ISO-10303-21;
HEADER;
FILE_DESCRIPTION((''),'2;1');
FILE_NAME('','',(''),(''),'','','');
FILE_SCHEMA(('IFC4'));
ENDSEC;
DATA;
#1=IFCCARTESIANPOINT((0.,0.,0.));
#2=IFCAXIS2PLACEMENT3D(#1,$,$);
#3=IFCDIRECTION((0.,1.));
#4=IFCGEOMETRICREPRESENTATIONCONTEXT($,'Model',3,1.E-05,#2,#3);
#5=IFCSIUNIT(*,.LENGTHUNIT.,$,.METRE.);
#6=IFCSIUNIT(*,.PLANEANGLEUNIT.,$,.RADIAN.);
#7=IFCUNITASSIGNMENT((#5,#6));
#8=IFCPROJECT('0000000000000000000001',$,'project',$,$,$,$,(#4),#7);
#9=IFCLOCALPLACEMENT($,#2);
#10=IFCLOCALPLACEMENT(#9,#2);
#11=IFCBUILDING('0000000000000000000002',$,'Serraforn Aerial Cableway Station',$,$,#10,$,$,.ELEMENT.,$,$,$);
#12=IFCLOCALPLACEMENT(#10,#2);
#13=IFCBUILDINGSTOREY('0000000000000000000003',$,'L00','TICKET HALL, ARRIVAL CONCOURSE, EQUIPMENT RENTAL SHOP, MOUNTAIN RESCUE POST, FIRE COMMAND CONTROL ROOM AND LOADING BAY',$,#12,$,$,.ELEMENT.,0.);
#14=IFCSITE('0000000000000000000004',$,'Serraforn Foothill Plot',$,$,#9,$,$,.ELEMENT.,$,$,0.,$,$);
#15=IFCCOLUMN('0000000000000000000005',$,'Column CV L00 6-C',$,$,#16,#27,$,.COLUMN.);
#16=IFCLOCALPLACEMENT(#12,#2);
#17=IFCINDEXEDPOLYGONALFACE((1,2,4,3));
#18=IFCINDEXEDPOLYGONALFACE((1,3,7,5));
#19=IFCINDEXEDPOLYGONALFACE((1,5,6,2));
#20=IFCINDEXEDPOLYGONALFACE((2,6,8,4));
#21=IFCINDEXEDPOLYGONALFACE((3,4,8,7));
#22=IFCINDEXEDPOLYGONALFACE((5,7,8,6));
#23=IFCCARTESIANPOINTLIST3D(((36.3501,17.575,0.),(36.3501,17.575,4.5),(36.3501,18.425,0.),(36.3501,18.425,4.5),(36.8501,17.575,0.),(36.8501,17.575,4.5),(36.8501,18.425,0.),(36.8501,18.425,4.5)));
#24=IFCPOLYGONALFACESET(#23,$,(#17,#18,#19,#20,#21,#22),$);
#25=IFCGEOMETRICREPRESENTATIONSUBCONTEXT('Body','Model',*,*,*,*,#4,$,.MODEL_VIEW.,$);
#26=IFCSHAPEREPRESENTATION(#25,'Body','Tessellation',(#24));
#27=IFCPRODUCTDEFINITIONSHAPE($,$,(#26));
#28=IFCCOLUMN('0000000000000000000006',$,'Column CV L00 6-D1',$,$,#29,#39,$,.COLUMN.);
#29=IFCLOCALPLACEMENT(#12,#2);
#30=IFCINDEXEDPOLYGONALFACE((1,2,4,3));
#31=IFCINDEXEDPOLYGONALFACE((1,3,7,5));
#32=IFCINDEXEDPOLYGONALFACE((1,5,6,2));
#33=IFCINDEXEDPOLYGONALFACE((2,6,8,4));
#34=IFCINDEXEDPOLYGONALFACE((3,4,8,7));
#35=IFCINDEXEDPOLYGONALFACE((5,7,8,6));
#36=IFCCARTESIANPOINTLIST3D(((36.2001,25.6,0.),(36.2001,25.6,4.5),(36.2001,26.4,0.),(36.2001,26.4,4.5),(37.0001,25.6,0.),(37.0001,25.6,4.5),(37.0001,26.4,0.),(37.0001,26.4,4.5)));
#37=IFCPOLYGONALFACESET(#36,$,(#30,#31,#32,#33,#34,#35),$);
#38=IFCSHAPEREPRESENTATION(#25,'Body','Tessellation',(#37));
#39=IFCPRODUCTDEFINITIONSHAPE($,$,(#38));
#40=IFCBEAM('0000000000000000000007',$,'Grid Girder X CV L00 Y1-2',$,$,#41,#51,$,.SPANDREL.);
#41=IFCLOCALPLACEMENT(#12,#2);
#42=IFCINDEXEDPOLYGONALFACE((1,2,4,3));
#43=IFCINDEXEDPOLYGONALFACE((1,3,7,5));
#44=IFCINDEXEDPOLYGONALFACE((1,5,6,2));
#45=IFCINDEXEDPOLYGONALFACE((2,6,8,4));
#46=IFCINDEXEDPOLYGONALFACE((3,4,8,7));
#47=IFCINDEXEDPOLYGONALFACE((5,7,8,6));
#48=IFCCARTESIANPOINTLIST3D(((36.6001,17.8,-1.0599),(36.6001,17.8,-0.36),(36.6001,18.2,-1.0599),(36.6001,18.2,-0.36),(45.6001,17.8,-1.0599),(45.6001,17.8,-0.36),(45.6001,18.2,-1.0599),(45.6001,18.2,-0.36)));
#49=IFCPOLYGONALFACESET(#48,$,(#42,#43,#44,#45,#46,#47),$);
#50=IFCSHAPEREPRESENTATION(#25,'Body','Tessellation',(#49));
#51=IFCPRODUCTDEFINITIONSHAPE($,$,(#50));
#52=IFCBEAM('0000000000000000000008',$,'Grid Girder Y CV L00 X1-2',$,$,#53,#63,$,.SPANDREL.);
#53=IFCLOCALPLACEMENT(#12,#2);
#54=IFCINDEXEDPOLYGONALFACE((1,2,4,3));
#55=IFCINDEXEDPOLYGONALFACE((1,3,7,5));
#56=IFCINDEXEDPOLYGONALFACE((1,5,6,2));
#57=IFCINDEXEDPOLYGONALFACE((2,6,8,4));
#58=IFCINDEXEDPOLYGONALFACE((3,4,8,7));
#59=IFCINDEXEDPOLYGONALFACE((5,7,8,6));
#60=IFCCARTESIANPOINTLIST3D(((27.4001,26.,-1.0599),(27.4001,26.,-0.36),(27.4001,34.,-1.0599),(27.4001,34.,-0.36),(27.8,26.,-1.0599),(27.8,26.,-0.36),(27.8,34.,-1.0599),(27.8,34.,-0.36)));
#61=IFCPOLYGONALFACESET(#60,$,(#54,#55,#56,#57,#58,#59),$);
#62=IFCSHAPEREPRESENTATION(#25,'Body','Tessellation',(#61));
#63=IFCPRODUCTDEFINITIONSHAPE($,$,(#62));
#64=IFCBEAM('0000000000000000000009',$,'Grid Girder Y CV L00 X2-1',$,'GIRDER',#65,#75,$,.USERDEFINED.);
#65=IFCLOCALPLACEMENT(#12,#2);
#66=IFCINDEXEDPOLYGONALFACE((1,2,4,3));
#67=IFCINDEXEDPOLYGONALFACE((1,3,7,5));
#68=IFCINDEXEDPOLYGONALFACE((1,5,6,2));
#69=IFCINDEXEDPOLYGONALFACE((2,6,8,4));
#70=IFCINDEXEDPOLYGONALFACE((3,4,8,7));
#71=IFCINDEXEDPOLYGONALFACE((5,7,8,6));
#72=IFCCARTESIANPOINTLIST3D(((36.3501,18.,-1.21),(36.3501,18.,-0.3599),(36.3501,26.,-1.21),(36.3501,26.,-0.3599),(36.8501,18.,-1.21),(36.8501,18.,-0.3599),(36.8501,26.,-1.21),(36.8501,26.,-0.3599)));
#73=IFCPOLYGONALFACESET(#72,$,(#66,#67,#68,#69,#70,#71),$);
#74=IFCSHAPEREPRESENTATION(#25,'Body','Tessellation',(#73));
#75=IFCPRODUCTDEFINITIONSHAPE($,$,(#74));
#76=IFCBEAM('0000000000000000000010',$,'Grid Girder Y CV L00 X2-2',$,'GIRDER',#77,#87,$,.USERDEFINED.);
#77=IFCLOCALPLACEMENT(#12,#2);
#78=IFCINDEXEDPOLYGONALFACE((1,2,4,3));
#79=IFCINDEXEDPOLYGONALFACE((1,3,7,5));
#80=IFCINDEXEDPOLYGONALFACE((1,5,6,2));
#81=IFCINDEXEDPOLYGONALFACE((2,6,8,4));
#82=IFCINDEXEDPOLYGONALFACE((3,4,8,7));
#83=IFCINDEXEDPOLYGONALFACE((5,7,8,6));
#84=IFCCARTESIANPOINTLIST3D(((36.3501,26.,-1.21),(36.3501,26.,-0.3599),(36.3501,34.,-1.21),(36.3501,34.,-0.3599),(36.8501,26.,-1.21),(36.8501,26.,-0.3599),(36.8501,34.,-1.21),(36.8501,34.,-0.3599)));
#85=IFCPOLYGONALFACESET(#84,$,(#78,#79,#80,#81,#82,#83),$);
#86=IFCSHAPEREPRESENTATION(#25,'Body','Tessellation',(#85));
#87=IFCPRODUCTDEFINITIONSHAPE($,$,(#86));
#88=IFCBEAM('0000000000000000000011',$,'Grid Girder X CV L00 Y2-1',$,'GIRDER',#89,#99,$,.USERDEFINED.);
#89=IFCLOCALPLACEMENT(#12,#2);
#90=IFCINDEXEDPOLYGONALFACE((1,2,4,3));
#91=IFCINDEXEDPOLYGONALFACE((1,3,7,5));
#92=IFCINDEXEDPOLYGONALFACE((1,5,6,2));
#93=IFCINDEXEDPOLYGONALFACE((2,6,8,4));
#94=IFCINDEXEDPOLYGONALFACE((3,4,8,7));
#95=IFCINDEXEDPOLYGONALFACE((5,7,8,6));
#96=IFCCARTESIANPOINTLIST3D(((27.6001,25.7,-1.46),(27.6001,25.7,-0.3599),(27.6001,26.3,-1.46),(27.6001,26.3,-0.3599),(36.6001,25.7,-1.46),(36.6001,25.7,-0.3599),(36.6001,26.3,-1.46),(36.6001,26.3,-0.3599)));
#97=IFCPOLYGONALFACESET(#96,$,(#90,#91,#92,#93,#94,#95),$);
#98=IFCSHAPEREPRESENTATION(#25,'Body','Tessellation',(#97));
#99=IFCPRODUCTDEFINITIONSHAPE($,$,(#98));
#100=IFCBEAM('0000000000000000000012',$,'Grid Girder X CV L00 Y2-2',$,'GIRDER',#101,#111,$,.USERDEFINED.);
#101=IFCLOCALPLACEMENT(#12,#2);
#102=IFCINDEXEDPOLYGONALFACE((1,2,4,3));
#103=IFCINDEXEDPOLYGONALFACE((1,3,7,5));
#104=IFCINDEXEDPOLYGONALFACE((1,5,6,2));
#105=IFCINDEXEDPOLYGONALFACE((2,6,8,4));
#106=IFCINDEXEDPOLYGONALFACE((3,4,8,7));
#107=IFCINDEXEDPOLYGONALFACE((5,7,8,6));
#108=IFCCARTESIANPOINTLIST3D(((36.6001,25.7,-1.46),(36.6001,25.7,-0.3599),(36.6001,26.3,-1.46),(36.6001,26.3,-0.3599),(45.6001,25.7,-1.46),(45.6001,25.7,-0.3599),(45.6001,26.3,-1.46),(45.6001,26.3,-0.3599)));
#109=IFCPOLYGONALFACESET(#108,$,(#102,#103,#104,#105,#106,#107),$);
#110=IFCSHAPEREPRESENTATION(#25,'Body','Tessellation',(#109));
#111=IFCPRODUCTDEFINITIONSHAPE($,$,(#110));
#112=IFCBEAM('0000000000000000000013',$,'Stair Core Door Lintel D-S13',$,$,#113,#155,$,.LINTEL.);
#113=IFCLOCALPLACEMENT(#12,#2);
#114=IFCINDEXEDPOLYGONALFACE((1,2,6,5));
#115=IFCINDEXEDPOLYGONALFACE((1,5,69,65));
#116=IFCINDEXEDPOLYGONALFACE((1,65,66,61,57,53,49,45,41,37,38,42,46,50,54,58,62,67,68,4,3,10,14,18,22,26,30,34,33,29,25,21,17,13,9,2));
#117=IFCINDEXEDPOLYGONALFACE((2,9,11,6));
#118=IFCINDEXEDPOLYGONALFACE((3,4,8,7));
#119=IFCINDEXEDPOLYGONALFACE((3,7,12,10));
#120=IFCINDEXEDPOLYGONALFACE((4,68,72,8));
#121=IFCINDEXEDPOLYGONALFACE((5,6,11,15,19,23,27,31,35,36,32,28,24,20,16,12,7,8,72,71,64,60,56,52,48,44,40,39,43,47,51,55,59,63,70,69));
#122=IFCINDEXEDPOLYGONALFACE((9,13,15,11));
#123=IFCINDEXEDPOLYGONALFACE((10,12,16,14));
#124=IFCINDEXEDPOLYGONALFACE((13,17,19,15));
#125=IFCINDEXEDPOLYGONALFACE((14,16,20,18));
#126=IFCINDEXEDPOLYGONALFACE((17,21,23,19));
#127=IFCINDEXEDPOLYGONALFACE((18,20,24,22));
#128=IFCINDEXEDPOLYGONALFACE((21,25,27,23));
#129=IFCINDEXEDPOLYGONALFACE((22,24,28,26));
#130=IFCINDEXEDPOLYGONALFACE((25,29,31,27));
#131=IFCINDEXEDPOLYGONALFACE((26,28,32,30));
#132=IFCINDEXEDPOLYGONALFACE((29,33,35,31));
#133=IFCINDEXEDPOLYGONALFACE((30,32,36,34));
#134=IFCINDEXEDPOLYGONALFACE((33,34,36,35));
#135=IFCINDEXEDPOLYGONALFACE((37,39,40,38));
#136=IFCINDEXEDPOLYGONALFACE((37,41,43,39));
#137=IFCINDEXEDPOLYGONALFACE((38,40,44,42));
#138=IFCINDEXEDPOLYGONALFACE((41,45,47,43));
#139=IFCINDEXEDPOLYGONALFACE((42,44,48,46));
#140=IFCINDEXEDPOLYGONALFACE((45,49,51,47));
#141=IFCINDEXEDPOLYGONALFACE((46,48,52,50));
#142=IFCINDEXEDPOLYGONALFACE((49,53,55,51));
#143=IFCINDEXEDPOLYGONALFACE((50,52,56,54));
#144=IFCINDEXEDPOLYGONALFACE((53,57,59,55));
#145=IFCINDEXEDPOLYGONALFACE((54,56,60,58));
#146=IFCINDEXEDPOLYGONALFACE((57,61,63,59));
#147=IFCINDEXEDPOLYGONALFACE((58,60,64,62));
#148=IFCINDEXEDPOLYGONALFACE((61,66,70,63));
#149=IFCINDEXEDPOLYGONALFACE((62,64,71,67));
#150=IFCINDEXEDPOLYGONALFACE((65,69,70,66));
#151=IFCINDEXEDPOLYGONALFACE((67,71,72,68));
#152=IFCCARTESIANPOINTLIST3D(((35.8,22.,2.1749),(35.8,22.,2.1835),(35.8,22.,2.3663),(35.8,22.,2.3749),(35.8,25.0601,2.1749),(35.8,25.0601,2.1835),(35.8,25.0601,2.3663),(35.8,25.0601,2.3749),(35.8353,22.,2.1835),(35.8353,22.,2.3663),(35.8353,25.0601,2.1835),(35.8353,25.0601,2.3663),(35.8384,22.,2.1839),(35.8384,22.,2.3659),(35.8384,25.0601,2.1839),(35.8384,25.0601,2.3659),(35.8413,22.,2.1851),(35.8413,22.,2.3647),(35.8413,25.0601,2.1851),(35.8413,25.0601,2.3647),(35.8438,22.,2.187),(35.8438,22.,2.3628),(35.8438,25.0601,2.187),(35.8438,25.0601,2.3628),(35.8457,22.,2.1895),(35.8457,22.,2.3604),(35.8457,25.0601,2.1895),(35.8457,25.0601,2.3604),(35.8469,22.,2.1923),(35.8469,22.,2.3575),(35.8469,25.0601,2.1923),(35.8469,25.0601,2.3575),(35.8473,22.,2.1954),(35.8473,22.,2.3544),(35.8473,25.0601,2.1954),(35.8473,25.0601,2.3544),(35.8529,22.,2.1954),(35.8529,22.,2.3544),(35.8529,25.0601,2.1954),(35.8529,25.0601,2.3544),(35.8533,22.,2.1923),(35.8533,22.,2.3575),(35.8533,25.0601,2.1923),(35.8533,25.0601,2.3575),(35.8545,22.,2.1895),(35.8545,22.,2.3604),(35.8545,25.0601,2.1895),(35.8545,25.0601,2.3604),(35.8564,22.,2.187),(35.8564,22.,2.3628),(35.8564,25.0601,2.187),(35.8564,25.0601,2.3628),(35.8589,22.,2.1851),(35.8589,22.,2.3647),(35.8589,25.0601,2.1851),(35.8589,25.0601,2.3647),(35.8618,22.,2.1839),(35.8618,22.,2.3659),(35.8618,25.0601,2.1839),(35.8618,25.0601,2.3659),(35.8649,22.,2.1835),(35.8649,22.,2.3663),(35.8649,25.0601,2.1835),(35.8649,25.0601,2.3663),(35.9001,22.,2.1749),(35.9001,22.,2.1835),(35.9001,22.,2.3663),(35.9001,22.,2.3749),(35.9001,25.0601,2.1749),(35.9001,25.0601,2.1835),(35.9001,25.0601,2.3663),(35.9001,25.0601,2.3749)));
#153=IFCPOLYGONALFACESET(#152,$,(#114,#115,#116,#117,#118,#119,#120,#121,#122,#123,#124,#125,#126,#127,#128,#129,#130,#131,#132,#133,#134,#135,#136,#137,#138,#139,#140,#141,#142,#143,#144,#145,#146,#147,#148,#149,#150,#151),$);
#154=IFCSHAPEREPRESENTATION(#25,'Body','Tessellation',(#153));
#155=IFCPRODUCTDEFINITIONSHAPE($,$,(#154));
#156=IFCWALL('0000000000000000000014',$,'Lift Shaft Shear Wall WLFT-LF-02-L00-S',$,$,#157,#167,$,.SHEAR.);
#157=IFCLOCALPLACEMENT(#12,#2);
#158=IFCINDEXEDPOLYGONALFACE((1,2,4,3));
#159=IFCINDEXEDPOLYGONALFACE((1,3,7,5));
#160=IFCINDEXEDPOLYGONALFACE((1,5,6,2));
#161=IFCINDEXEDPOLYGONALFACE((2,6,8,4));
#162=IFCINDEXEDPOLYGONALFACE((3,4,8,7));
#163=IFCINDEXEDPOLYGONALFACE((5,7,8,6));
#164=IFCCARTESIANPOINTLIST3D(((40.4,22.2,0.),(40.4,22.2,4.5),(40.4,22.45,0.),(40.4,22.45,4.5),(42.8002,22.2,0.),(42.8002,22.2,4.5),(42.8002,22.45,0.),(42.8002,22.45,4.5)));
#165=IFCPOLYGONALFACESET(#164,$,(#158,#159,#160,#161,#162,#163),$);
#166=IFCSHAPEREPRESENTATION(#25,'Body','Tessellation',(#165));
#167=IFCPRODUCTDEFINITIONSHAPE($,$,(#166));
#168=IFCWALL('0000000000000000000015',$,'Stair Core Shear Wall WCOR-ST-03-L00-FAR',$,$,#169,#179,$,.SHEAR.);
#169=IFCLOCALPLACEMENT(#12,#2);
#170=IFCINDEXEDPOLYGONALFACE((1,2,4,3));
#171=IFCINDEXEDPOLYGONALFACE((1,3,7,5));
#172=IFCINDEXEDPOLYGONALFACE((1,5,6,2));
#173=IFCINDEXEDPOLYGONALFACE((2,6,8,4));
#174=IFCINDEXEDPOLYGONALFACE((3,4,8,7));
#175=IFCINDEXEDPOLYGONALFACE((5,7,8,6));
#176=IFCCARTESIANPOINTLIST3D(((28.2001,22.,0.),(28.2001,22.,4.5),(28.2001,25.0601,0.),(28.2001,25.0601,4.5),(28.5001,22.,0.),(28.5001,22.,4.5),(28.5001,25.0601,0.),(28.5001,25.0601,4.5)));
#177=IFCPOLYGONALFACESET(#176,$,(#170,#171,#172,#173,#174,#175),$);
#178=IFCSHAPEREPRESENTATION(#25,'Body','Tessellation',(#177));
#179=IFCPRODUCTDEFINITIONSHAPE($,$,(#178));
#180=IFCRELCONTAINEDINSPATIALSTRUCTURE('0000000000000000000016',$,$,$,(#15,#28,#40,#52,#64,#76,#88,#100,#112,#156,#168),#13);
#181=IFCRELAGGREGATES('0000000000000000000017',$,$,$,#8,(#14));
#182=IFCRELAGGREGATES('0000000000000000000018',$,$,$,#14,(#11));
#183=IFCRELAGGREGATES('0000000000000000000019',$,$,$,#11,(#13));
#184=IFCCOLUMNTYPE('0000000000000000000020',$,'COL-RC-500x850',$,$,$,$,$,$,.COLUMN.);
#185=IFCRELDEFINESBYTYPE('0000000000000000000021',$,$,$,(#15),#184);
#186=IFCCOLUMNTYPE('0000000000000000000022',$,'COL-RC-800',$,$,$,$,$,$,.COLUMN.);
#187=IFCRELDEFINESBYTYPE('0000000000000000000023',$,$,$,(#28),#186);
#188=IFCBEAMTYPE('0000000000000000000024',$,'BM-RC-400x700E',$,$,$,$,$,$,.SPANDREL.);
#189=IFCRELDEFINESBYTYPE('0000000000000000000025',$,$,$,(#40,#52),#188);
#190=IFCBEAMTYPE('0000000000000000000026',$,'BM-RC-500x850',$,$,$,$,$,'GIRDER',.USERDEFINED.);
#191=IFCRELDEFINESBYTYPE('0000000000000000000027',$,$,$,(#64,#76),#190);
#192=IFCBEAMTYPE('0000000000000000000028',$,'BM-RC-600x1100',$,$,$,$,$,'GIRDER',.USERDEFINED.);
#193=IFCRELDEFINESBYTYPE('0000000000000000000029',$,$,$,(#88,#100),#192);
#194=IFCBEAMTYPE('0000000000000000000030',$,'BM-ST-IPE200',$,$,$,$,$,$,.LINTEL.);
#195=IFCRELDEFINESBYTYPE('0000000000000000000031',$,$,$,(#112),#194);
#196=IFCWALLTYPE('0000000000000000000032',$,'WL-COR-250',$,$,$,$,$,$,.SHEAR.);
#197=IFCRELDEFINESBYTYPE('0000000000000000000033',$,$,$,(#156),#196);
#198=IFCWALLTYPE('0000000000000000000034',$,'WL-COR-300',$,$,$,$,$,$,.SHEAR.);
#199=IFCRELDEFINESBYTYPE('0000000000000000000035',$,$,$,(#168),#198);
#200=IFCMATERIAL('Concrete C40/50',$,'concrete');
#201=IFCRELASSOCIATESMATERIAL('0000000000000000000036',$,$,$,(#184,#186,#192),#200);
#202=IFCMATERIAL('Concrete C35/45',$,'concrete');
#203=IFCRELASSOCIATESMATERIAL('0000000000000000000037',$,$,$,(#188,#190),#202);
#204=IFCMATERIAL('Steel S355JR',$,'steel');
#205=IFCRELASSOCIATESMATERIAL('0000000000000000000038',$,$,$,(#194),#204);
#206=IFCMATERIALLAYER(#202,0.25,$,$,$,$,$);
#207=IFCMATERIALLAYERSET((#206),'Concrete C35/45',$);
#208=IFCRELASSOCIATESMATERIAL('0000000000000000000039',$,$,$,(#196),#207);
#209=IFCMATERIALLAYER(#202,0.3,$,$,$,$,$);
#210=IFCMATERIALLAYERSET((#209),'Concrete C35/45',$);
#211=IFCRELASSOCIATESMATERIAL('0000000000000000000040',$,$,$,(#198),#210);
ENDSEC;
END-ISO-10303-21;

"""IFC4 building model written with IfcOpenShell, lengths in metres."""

from ifc_helpers import new_model, si_unit, direction, frame, frame_2d, origin, origin_2d, place, context, subcontext, project, spatial, rectangle, i_section, extrude, material, layer, layer_set, material_profile, profile_set, type_object, element, save


model = new_model("IFC4")

# Units and contexts
model_context = context("Model", 3, precision=1e-05, world=origin(), true_north=direction((0.0, 1.0)))
body_context = subcontext(model_context, "Body", "Model", "MODEL_VIEW")
ifc_project = project(units=[si_unit("LENGTHUNIT", "METRE"), si_unit("PLANEANGLEUNIT", "RADIAN")], contexts=[model_context])

# Site, building, storey
site_placement = place(None, origin())
site = spatial("IfcSite", under=ifc_project, at=site_placement, Name="Serraforn Foothill Plot", CompositionType="ELEMENT", RefElevation=0.0)
building_placement = place(site_placement, origin())
building = spatial("IfcBuilding", under=site, at=building_placement, Name="Serraforn Aerial Cableway Station", CompositionType="ELEMENT")
storey_placement = place(building_placement, origin())
storey = spatial("IfcBuildingStorey", under=building, at=storey_placement, Name="L00", Description="TICKET HALL, ARRIVAL CONCOURSE, EQUIPMENT RENTAL SHOP, MOUNTAIN RESCUE POST, FIRE COMMAND CONTROL ROOM AND LOADING BAY", CompositionType="ELEMENT", Elevation=0.0)

# Columns
ifc_material_1 = material(Name="Concrete C40/50", Category="concrete")
ifc_material_profile_1 = material_profile(ifc_material_1, rectangle(XDim=0.5, YDim=0.8501, at=origin_2d()), Name="RC 500x850")
ifc_profile_set_1 = profile_set([ifc_material_profile_1], Name="Concrete C40/50")
column_type_1 = type_object("IfcColumnType", Name="COL-RC-500x850", PredefinedType="COLUMN", material=ifc_profile_set_1)
column_1_placement = place(storey_placement, frame((36.6001, 18.0, 0.0), z_axis=(0.0, 0.0, 1.0), x_axis=(1.0, 0.0, 0.0)))
element("IfcColumn", 1, at=column_1_placement, inside=storey, type_object=column_type_1, Name="Column CV L00 6-C", PredefinedType="COLUMN", context=body_context, shape_type="SweptSolid", body=[
    extrude(rectangle(XDim=0.5, YDim=0.8501, at=origin_2d()), origin(), (0.0, 0.0, 1.0), 4.5),
])
ifc_material_profile_2 = material_profile(ifc_material_1, rectangle(XDim=0.8, YDim=0.8, at=origin_2d()), Name="RC 800x800")
ifc_profile_set_2 = profile_set([ifc_material_profile_2], Name="Concrete C40/50")
column_type_2 = type_object("IfcColumnType", Name="COL-RC-800", PredefinedType="COLUMN", material=ifc_profile_set_2)
column_2_placement = place(storey_placement, frame((36.6001, 26.0, 0.0), z_axis=(0.0, 0.0, 1.0), x_axis=(1.0, 0.0, 0.0)))
element("IfcColumn", 2, at=column_2_placement, inside=storey, type_object=column_type_2, Name="Column CV L00 6-D1", PredefinedType="COLUMN", context=body_context, shape_type="SweptSolid", body=[
    extrude(rectangle(XDim=0.8, YDim=0.8, at=origin_2d()), origin(), (0.0, 0.0, 1.0), 4.5),
])

# Beams
ifc_material_2 = material(Name="Concrete C35/45", Category="concrete")
ifc_material_profile_3 = material_profile(ifc_material_2, rectangle(XDim=0.3999, YDim=0.7, at=origin_2d()), Name="RC 400x700")
ifc_profile_set_3 = profile_set([ifc_material_profile_3], Name="Concrete C35/45")
beam_type_1 = type_object("IfcBeamType", Name="BM-RC-400x700E", PredefinedType="SPANDREL", material=ifc_profile_set_3)
beam_1_placement = place(storey_placement, frame((36.6001, 18.0, -0.71), z_axis=(1.0, 0.0, 0.0), x_axis=(0.0, 1.0, 0.0)))
element("IfcBeam", 3, at=beam_1_placement, inside=storey, type_object=beam_type_1, Name="Grid Girder X CV L00 Y1-2", PredefinedType="SPANDREL", context=body_context, shape_type="SweptSolid", body=[
    extrude(rectangle(XDim=0.3999, YDim=0.7, at=origin_2d()), origin(), (0.0, 0.0, 1.0), 9.0),
])
beam_2_placement = place(storey_placement, frame((27.6001, 26.0, -0.71), z_axis=(0.0, 1.0, 0.0), x_axis=(-1.0, 0.0, 0.0)))
element("IfcBeam", 4, at=beam_2_placement, inside=storey, type_object=beam_type_1, Name="Grid Girder Y CV L00 X1-2", PredefinedType="SPANDREL", context=body_context, shape_type="SweptSolid", body=[
    extrude(rectangle(XDim=0.3999, YDim=0.7, at=origin_2d()), origin(), (0.0, 0.0, 1.0), 8.0),
])
ifc_material_profile_4 = material_profile(ifc_material_2, rectangle(XDim=0.5, YDim=0.8501, at=origin_2d()), Name="RC 500x850")
ifc_profile_set_4 = profile_set([ifc_material_profile_4], Name="Concrete C35/45")
beam_type_2 = type_object("IfcBeamType", Name="BM-RC-500x850", ElementType="GIRDER", PredefinedType="USERDEFINED", material=ifc_profile_set_4)
for number, where, z_axis, x_axis, name in (
    (5, (36.6001, 18.0, -0.7849), (0.0, 1.0, 0.0), (-1.0, 0.0, 0.0), "Grid Girder Y CV L00 X2-1"),
    (6, (36.6001, 26.0, -0.7849), (0.0, 1.0, 0.0), (-1.0, 0.0, 0.0), "Grid Girder Y CV L00 X2-2"),
):
    element("IfcBeam", number, at=place(storey_placement, frame(where, z_axis=z_axis, x_axis=x_axis)), inside=storey, type_object=beam_type_2, Name=name, ObjectType="GIRDER", PredefinedType="USERDEFINED", context=body_context, shape_type="SweptSolid", body=[
        extrude(rectangle(XDim=0.5, YDim=0.8501, at=origin_2d()), origin(), (0.0, 0.0, 1.0), 8.0),
    ])
ifc_material_profile_5 = material_profile(ifc_material_1, rectangle(XDim=0.6001, YDim=1.1001, at=origin_2d()), Name="RC 600x1100")
ifc_profile_set_5 = profile_set([ifc_material_profile_5], Name="Concrete C40/50")
beam_type_3 = type_object("IfcBeamType", Name="BM-RC-600x1100", ElementType="GIRDER", PredefinedType="USERDEFINED", material=ifc_profile_set_5)
for number, where, z_axis, x_axis, name in (
    (7, (27.6001, 26.0, -0.9099), (1.0, 0.0, 0.0), (0.0, 1.0, 0.0), "Grid Girder X CV L00 Y2-1"),
    (8, (36.6001, 26.0, -0.9099), (1.0, 0.0, 0.0), (0.0, 1.0, 0.0), "Grid Girder X CV L00 Y2-2"),
):
    element("IfcBeam", number, at=place(storey_placement, frame(where, z_axis=z_axis, x_axis=x_axis)), inside=storey, type_object=beam_type_3, Name=name, ObjectType="GIRDER", PredefinedType="USERDEFINED", context=body_context, shape_type="SweptSolid", body=[
        extrude(rectangle(XDim=0.6001, YDim=1.1001, at=origin_2d()), origin(), (0.0, 0.0, 1.0), 9.0),
    ])
ifc_material_3 = material(Name="Steel S355JR", Category="steel")
ifc_material_profile_6 = material_profile(ifc_material_3, i_section(OverallWidth=0.1001, OverallDepth=0.2, WebThickness=0.0056, FlangeThickness=0.0085, FilletRadius=0.012, at=origin_2d()), Name="IPE 200")
ifc_profile_set_6 = profile_set([ifc_material_profile_6], Name="Steel S355JR")
beam_type_4 = type_object("IfcBeamType", Name="BM-ST-IPE200", PredefinedType="LINTEL", material=ifc_profile_set_6)
beam_3_placement = place(storey_placement, frame((35.8501, 25.0601, 2.2749), z_axis=(0.0, -1.0, 0.0), x_axis=(1.0, 0.0, 0.0)))
element("IfcBeam", 9, at=beam_3_placement, inside=storey, type_object=beam_type_4, Name="Stair Core Door Lintel D-S13", PredefinedType="LINTEL", context=body_context, shape_type="SweptSolid", body=[
    extrude(i_section(OverallWidth=0.1001, OverallDepth=0.2, WebThickness=0.0056, FlangeThickness=0.0085, FilletRadius=0.012, at=origin_2d()), origin(), (0.0, 0.0, 1.0), 3.0601),
])

# Wall
ifc_layer_1 = layer(ifc_material_2, 0.25)
ifc_layer_set_1 = layer_set([ifc_layer_1], Name="Concrete C35/45")
wall_type_1 = type_object("IfcWallType", Name="WL-COR-250", PredefinedType="SHEAR", material=ifc_layer_set_1)
wall_1_placement = place(storey_placement, frame((40.3999, 22.325, 0.0), z_axis=(0.0, 0.0, 1.0), x_axis=(1.0, 0.0, 0.0)))
element("IfcWall", 10, at=wall_1_placement, inside=storey, type_object=wall_type_1, Name="Lift Shaft Shear Wall WLFT-LF-02-L00-S", PredefinedType="SHEAR", context=body_context, shape_type="SweptSolid", body=[
    extrude(rectangle(XDim=2.4001, YDim=0.25, at=frame_2d((1.2002, 0.0))), origin(), (0.0, 0.0, 1.0), 4.5),
])

# Shared definitions
ifc_layer_2 = layer(ifc_material_2, 0.3)
ifc_layer_set_2 = layer_set([ifc_layer_2], Name="Concrete C35/45")
wall_type_2 = type_object("IfcWallType", Name="WL-COR-300", PredefinedType="SHEAR", material=ifc_layer_set_2)

# Wall
wall_2_placement = place(storey_placement, frame((28.3501, 25.0601, 0.0), z_axis=(0.0, 0.0, 1.0), x_axis=(0.0, -1.0, 0.0)))
element("IfcWall", 11, at=wall_2_placement, inside=storey, type_object=wall_type_2, Name="Stair Core Shear Wall WCOR-ST-03-L00-FAR", PredefinedType="SHEAR", context=body_context, shape_type="SweptSolid", body=[
    extrude(rectangle(XDim=3.0601, YDim=0.3, at=frame_2d((1.53, 0.0))), origin(), (0.0, 0.0, 1.0), 4.5),
])

save(model, "model.ifc")
